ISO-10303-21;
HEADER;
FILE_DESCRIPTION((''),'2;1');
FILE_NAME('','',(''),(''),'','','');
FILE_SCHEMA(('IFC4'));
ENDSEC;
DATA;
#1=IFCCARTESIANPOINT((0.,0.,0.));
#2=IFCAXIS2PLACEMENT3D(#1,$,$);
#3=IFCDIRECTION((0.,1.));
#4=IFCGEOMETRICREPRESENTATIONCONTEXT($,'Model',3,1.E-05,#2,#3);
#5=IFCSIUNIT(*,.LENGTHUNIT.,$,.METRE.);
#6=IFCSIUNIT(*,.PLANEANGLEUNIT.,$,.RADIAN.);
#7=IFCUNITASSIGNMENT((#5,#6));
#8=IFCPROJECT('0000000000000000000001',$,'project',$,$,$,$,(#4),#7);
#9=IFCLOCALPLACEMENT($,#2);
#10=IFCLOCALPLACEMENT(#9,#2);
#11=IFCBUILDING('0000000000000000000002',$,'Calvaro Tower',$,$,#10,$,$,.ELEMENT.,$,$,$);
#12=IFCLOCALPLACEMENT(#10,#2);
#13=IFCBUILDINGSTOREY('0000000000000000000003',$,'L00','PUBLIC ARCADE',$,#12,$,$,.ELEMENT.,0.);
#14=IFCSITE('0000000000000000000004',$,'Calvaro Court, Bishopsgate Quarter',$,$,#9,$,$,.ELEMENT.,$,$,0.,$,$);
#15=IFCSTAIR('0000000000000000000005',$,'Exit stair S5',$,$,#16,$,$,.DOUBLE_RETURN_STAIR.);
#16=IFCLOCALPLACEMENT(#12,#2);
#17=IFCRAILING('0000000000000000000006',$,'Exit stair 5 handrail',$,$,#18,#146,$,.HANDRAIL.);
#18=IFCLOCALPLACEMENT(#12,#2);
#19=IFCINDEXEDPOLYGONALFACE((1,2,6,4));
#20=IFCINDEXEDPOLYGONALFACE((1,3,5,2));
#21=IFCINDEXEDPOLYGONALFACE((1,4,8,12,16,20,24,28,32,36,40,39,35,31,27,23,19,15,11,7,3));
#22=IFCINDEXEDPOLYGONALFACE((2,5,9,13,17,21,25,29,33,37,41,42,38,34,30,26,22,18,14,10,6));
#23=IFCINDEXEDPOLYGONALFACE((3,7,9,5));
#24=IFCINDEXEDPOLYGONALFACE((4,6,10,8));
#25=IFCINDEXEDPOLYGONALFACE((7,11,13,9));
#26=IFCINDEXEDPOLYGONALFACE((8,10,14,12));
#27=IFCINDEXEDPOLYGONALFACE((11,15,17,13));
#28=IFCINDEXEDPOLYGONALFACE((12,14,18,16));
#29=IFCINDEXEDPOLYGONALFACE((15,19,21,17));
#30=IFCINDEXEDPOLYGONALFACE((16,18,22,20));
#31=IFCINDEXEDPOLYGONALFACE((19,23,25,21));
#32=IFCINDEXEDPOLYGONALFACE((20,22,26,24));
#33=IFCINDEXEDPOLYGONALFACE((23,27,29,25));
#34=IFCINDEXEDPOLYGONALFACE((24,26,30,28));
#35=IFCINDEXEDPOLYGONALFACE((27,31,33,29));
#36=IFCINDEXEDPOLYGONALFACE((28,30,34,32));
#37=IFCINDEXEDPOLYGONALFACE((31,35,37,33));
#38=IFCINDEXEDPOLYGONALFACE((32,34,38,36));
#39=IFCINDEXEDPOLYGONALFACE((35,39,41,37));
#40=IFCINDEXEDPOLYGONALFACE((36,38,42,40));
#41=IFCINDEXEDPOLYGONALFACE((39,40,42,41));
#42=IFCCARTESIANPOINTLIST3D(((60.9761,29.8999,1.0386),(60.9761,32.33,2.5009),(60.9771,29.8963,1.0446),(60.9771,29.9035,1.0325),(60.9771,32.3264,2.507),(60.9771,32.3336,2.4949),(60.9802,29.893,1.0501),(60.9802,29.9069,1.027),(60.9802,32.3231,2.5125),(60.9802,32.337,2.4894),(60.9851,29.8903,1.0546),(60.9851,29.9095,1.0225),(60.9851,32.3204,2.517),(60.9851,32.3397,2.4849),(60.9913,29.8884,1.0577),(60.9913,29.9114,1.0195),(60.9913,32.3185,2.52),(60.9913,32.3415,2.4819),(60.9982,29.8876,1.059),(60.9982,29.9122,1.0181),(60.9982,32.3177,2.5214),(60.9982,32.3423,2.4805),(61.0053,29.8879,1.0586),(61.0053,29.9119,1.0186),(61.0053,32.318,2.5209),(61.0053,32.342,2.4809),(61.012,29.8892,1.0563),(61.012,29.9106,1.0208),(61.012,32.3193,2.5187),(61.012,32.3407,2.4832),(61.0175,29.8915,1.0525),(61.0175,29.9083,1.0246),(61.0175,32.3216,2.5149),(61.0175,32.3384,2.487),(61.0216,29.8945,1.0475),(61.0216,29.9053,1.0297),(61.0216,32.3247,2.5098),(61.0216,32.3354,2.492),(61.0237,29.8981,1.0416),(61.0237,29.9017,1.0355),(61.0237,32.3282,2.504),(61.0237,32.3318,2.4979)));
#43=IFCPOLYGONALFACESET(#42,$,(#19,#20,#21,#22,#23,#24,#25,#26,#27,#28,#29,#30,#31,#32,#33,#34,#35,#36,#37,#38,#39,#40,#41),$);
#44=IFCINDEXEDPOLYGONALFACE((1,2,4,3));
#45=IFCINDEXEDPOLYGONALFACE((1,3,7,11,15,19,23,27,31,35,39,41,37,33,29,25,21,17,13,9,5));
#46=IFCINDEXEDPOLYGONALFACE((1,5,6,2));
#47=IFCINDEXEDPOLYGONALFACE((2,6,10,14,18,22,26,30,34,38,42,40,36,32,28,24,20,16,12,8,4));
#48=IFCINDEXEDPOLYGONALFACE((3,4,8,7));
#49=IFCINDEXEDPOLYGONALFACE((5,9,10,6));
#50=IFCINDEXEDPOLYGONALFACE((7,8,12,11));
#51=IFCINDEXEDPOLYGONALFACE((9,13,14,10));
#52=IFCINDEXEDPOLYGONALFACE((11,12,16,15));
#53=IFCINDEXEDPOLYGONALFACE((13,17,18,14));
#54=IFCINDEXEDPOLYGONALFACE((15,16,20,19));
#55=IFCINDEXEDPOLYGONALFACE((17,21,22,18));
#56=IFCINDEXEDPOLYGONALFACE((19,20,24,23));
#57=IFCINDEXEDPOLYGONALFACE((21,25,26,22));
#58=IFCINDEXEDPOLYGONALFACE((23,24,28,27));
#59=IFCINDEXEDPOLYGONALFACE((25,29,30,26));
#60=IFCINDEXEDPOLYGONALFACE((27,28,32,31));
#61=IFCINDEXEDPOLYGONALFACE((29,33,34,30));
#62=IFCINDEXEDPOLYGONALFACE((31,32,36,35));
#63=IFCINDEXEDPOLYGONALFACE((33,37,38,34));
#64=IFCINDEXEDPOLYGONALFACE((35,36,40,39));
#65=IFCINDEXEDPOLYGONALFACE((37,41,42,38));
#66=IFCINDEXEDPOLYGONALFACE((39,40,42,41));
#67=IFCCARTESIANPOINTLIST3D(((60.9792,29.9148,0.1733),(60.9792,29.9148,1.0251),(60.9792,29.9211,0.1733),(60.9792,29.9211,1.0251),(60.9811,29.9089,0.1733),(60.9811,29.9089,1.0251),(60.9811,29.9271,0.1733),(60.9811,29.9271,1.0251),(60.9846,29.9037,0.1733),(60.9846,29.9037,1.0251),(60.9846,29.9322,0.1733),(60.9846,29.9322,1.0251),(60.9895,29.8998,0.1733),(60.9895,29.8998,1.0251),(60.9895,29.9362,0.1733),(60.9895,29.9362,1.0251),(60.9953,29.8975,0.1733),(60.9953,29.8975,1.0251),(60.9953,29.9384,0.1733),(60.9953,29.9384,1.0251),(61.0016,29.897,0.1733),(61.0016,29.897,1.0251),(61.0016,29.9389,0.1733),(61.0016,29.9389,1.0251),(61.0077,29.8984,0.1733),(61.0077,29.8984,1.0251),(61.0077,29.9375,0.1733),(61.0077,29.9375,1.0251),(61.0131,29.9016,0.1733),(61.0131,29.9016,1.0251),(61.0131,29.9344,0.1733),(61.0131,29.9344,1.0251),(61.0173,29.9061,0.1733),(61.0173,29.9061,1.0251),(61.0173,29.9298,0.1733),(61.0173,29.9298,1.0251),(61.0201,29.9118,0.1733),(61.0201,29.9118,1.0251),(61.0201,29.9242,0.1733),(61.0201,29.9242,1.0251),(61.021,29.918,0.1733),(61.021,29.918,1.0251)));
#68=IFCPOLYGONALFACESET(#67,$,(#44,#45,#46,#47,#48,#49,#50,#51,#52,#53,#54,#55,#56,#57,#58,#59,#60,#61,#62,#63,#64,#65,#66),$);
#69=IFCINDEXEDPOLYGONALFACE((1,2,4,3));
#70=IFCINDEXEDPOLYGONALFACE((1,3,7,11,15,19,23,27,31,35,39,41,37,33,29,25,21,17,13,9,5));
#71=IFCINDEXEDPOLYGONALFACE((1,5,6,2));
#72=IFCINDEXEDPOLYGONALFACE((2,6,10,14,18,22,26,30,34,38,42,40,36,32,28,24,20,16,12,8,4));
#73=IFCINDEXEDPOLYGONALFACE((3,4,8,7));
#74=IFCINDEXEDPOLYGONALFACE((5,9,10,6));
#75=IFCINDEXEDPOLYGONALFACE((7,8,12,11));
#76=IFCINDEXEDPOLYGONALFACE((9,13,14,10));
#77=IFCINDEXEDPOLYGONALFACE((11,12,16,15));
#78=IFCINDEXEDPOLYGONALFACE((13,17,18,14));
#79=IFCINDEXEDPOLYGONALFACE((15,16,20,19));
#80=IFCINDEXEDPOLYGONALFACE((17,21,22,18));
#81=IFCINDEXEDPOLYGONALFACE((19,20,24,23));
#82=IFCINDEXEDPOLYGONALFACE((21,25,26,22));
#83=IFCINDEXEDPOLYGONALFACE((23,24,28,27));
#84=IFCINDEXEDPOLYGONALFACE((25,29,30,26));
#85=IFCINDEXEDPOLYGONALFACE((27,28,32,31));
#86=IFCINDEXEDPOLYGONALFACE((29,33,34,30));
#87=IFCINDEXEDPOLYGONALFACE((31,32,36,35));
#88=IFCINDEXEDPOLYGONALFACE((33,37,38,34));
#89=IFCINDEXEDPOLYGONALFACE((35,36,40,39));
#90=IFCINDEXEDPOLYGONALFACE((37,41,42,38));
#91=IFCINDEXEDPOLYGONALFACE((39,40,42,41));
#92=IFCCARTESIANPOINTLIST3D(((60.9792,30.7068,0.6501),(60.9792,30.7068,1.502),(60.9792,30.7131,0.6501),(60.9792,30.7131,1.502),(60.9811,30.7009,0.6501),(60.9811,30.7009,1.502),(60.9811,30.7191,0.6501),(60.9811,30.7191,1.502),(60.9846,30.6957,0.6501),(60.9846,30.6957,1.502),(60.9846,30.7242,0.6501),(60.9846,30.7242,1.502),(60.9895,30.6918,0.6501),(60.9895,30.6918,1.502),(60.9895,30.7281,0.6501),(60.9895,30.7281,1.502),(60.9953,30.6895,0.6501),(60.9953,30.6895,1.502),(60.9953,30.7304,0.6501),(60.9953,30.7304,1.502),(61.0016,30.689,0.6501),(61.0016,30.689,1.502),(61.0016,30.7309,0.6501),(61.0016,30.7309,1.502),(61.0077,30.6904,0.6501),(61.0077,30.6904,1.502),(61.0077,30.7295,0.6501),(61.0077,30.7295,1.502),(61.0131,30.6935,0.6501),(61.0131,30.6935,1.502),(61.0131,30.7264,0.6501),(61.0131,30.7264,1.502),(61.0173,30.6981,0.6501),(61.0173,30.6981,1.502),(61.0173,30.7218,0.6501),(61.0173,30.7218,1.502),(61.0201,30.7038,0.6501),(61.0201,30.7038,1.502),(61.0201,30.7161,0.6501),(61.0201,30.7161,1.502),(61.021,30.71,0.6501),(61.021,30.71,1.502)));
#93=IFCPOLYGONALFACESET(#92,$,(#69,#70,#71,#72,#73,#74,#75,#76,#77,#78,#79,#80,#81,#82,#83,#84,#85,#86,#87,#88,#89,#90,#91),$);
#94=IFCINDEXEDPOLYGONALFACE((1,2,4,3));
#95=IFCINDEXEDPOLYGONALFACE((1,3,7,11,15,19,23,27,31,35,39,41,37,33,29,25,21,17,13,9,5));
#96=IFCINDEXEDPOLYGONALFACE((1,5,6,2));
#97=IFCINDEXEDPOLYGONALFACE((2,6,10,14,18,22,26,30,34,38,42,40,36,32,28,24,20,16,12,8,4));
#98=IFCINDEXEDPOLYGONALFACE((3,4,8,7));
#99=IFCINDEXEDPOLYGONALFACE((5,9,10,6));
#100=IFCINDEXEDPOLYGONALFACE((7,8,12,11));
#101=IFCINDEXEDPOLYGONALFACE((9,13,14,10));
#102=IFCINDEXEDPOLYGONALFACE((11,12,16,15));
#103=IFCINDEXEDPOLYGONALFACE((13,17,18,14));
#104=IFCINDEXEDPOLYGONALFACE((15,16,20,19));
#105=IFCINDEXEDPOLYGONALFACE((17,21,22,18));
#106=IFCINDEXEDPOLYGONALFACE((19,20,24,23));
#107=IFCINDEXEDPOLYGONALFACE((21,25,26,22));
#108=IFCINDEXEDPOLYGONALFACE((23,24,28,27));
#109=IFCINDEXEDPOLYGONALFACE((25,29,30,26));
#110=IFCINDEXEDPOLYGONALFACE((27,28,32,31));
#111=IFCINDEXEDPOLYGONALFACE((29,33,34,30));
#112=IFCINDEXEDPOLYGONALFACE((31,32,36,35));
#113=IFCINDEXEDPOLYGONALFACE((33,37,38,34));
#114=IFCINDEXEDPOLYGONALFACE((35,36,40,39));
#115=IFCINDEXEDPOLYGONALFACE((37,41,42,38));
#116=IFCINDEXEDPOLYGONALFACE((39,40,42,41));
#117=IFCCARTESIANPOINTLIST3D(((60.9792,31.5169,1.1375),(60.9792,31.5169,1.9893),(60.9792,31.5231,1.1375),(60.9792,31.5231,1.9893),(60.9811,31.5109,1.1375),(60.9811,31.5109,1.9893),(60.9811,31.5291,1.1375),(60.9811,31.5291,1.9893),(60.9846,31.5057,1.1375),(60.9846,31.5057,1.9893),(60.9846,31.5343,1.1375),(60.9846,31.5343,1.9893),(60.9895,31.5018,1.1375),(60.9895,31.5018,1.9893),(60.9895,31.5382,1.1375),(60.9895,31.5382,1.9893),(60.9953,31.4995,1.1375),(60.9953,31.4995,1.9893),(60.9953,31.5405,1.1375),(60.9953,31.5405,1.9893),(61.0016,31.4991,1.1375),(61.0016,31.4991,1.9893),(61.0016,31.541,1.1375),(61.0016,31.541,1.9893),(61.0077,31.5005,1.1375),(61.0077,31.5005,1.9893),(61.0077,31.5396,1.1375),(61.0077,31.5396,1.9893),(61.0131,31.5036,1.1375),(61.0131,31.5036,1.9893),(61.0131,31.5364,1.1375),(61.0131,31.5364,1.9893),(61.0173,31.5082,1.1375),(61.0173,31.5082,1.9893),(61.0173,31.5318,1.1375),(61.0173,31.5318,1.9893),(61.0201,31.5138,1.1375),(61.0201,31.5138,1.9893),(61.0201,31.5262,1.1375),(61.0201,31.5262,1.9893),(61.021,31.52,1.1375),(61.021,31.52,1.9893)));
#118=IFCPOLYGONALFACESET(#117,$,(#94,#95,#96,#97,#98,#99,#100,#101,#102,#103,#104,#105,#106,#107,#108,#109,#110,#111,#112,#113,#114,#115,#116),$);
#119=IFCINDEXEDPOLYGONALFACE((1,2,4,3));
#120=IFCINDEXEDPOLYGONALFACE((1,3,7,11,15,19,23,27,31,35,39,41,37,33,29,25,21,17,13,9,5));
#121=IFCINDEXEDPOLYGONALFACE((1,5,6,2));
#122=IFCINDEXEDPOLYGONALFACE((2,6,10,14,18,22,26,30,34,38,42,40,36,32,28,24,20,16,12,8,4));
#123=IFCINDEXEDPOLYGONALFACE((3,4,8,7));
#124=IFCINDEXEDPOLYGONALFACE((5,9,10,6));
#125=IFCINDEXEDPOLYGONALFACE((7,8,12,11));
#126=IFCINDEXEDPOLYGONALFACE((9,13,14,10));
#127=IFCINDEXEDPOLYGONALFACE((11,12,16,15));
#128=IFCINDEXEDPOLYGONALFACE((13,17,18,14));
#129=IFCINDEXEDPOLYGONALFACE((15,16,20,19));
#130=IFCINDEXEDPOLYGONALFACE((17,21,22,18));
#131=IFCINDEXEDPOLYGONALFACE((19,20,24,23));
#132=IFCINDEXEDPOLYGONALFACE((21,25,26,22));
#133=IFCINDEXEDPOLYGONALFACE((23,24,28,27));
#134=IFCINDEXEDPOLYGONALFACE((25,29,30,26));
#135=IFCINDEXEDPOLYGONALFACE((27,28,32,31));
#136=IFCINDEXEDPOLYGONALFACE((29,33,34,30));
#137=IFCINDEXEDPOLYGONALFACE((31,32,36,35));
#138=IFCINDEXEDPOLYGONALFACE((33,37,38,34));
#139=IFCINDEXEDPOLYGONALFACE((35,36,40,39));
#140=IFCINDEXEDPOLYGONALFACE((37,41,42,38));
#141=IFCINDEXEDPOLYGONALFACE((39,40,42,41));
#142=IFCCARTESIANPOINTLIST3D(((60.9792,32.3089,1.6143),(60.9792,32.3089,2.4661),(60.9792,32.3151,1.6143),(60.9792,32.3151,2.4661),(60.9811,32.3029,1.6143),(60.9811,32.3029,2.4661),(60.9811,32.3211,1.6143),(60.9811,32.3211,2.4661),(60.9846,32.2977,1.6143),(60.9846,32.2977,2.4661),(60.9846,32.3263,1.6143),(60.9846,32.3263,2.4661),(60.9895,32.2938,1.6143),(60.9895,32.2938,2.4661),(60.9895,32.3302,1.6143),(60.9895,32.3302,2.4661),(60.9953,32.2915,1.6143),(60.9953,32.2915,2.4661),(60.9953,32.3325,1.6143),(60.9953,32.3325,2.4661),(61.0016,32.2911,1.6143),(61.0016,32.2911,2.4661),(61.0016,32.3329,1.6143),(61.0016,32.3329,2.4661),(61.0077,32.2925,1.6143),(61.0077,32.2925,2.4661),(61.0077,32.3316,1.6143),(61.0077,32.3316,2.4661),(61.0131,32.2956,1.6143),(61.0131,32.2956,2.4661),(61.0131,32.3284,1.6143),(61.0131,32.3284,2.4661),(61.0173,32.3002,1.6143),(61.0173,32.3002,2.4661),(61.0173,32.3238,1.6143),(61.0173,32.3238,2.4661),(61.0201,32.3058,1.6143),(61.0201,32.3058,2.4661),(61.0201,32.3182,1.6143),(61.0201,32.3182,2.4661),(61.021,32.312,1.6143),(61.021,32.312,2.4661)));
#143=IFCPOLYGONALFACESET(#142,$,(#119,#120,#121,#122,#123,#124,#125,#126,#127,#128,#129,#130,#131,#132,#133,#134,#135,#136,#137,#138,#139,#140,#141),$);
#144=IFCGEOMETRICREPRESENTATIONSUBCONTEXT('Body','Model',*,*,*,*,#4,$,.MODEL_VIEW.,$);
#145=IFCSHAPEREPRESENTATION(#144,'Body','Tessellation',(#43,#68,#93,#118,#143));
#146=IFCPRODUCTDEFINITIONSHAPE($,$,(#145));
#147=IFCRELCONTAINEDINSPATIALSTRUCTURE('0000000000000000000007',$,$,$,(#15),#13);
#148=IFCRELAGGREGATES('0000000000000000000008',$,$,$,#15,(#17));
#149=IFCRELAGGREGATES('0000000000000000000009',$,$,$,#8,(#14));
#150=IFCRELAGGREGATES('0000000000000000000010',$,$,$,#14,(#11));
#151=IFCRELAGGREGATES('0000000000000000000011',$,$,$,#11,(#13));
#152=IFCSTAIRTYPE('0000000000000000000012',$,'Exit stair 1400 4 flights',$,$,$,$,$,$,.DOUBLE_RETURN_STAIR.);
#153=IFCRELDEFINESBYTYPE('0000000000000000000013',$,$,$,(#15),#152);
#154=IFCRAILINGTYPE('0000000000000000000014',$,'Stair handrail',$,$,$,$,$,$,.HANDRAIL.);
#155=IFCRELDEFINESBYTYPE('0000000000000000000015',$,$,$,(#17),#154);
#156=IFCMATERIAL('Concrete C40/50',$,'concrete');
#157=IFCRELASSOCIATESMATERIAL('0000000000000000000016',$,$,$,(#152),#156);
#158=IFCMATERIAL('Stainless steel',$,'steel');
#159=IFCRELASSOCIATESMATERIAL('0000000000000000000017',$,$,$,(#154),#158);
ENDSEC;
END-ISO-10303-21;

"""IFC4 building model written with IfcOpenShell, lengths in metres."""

from ifc_helpers import new_model, si_unit, direction, frame, origin, origin_2d, place, context, subcontext, project, spatial, circle, extrude, material, type_object, element, aggregate, save


model = new_model("IFC4")

# Units and contexts
model_context = context("Model", 3, precision=1e-05, world=origin(), true_north=direction((0.0, 1.0)))
body_context = subcontext(model_context, "Body", "Model", "MODEL_VIEW")
ifc_project = project(units=[si_unit("LENGTHUNIT", "METRE"), si_unit("PLANEANGLEUNIT", "RADIAN")], contexts=[model_context])

# Site, building, storey
site_placement = place(None, origin())
site = spatial("IfcSite", under=ifc_project, at=site_placement, Name="Calvaro Court, Bishopsgate Quarter", CompositionType="ELEMENT", RefElevation=0.0)
building_placement = place(site_placement, origin())
building = spatial("IfcBuilding", under=site, at=building_placement, Name="Calvaro Tower", CompositionType="ELEMENT")
storey_placement = place(building_placement, origin())
storey = spatial("IfcBuildingStorey", under=building, at=storey_placement, Name="L00", Description="PUBLIC ARCADE", CompositionType="ELEMENT", Elevation=0.0)

# Stair, railing
ifc_material_1 = material(Name="Concrete C40/50", Category="concrete")
stair_type = type_object("IfcStairType", Name="Exit stair 1400 4 flights", PredefinedType="DOUBLE_RETURN_STAIR", material=ifc_material_1)
stair_placement = place(storey_placement, origin())
stair = element("IfcStair", 1, at=stair_placement, inside=storey, type_object=stair_type, Name="Exit stair S5", PredefinedType="DOUBLE_RETURN_STAIR")
ifc_material_2 = material(Name="Stainless steel", Category="steel")
railing_type = type_object("IfcRailingType", Name="Stair handrail", PredefinedType="HANDRAIL", material=ifc_material_2)
railing_1_placement = place(storey_placement, frame((61.0, 29.8999, 0.1626)))
railing_1 = element("IfcRailing", 2, at=railing_1_placement, type_object=railing_type, Name="Exit stair 5 handrail", PredefinedType="HANDRAIL", context=body_context, shape_type="SweptSolid", body=[
    extrude(circle(Radius=0.0239, at=origin_2d()), frame((0.0, 0.0, 0.876), z_axis=(0.0, 0.856824, 0.515609), x_axis=(-1.0, 0.0, 0.0)), (0.0, 0.0, 1.0), 2.8362),
    extrude(circle(Radius=0.021, at=origin_2d()), frame((0.0, 0.0181, 0.0107)), (0.0, 0.0, 1.0), 0.8518),
    extrude(circle(Radius=0.021, at=origin_2d()), frame((0.0, 0.8101, 0.4875)), (0.0, 0.0, 1.0), 0.8518),
    extrude(circle(Radius=0.021, at=origin_2d()), frame((0.0, 1.6201, 0.9749)), (0.0, 0.0, 1.0), 0.8518),
    extrude(circle(Radius=0.021, at=origin_2d()), frame((0.0, 2.4121, 1.4517)), (0.0, 0.0, 1.0), 0.8518),
])
aggregate(stair, [railing_1])

save(model, "model.ifc")
